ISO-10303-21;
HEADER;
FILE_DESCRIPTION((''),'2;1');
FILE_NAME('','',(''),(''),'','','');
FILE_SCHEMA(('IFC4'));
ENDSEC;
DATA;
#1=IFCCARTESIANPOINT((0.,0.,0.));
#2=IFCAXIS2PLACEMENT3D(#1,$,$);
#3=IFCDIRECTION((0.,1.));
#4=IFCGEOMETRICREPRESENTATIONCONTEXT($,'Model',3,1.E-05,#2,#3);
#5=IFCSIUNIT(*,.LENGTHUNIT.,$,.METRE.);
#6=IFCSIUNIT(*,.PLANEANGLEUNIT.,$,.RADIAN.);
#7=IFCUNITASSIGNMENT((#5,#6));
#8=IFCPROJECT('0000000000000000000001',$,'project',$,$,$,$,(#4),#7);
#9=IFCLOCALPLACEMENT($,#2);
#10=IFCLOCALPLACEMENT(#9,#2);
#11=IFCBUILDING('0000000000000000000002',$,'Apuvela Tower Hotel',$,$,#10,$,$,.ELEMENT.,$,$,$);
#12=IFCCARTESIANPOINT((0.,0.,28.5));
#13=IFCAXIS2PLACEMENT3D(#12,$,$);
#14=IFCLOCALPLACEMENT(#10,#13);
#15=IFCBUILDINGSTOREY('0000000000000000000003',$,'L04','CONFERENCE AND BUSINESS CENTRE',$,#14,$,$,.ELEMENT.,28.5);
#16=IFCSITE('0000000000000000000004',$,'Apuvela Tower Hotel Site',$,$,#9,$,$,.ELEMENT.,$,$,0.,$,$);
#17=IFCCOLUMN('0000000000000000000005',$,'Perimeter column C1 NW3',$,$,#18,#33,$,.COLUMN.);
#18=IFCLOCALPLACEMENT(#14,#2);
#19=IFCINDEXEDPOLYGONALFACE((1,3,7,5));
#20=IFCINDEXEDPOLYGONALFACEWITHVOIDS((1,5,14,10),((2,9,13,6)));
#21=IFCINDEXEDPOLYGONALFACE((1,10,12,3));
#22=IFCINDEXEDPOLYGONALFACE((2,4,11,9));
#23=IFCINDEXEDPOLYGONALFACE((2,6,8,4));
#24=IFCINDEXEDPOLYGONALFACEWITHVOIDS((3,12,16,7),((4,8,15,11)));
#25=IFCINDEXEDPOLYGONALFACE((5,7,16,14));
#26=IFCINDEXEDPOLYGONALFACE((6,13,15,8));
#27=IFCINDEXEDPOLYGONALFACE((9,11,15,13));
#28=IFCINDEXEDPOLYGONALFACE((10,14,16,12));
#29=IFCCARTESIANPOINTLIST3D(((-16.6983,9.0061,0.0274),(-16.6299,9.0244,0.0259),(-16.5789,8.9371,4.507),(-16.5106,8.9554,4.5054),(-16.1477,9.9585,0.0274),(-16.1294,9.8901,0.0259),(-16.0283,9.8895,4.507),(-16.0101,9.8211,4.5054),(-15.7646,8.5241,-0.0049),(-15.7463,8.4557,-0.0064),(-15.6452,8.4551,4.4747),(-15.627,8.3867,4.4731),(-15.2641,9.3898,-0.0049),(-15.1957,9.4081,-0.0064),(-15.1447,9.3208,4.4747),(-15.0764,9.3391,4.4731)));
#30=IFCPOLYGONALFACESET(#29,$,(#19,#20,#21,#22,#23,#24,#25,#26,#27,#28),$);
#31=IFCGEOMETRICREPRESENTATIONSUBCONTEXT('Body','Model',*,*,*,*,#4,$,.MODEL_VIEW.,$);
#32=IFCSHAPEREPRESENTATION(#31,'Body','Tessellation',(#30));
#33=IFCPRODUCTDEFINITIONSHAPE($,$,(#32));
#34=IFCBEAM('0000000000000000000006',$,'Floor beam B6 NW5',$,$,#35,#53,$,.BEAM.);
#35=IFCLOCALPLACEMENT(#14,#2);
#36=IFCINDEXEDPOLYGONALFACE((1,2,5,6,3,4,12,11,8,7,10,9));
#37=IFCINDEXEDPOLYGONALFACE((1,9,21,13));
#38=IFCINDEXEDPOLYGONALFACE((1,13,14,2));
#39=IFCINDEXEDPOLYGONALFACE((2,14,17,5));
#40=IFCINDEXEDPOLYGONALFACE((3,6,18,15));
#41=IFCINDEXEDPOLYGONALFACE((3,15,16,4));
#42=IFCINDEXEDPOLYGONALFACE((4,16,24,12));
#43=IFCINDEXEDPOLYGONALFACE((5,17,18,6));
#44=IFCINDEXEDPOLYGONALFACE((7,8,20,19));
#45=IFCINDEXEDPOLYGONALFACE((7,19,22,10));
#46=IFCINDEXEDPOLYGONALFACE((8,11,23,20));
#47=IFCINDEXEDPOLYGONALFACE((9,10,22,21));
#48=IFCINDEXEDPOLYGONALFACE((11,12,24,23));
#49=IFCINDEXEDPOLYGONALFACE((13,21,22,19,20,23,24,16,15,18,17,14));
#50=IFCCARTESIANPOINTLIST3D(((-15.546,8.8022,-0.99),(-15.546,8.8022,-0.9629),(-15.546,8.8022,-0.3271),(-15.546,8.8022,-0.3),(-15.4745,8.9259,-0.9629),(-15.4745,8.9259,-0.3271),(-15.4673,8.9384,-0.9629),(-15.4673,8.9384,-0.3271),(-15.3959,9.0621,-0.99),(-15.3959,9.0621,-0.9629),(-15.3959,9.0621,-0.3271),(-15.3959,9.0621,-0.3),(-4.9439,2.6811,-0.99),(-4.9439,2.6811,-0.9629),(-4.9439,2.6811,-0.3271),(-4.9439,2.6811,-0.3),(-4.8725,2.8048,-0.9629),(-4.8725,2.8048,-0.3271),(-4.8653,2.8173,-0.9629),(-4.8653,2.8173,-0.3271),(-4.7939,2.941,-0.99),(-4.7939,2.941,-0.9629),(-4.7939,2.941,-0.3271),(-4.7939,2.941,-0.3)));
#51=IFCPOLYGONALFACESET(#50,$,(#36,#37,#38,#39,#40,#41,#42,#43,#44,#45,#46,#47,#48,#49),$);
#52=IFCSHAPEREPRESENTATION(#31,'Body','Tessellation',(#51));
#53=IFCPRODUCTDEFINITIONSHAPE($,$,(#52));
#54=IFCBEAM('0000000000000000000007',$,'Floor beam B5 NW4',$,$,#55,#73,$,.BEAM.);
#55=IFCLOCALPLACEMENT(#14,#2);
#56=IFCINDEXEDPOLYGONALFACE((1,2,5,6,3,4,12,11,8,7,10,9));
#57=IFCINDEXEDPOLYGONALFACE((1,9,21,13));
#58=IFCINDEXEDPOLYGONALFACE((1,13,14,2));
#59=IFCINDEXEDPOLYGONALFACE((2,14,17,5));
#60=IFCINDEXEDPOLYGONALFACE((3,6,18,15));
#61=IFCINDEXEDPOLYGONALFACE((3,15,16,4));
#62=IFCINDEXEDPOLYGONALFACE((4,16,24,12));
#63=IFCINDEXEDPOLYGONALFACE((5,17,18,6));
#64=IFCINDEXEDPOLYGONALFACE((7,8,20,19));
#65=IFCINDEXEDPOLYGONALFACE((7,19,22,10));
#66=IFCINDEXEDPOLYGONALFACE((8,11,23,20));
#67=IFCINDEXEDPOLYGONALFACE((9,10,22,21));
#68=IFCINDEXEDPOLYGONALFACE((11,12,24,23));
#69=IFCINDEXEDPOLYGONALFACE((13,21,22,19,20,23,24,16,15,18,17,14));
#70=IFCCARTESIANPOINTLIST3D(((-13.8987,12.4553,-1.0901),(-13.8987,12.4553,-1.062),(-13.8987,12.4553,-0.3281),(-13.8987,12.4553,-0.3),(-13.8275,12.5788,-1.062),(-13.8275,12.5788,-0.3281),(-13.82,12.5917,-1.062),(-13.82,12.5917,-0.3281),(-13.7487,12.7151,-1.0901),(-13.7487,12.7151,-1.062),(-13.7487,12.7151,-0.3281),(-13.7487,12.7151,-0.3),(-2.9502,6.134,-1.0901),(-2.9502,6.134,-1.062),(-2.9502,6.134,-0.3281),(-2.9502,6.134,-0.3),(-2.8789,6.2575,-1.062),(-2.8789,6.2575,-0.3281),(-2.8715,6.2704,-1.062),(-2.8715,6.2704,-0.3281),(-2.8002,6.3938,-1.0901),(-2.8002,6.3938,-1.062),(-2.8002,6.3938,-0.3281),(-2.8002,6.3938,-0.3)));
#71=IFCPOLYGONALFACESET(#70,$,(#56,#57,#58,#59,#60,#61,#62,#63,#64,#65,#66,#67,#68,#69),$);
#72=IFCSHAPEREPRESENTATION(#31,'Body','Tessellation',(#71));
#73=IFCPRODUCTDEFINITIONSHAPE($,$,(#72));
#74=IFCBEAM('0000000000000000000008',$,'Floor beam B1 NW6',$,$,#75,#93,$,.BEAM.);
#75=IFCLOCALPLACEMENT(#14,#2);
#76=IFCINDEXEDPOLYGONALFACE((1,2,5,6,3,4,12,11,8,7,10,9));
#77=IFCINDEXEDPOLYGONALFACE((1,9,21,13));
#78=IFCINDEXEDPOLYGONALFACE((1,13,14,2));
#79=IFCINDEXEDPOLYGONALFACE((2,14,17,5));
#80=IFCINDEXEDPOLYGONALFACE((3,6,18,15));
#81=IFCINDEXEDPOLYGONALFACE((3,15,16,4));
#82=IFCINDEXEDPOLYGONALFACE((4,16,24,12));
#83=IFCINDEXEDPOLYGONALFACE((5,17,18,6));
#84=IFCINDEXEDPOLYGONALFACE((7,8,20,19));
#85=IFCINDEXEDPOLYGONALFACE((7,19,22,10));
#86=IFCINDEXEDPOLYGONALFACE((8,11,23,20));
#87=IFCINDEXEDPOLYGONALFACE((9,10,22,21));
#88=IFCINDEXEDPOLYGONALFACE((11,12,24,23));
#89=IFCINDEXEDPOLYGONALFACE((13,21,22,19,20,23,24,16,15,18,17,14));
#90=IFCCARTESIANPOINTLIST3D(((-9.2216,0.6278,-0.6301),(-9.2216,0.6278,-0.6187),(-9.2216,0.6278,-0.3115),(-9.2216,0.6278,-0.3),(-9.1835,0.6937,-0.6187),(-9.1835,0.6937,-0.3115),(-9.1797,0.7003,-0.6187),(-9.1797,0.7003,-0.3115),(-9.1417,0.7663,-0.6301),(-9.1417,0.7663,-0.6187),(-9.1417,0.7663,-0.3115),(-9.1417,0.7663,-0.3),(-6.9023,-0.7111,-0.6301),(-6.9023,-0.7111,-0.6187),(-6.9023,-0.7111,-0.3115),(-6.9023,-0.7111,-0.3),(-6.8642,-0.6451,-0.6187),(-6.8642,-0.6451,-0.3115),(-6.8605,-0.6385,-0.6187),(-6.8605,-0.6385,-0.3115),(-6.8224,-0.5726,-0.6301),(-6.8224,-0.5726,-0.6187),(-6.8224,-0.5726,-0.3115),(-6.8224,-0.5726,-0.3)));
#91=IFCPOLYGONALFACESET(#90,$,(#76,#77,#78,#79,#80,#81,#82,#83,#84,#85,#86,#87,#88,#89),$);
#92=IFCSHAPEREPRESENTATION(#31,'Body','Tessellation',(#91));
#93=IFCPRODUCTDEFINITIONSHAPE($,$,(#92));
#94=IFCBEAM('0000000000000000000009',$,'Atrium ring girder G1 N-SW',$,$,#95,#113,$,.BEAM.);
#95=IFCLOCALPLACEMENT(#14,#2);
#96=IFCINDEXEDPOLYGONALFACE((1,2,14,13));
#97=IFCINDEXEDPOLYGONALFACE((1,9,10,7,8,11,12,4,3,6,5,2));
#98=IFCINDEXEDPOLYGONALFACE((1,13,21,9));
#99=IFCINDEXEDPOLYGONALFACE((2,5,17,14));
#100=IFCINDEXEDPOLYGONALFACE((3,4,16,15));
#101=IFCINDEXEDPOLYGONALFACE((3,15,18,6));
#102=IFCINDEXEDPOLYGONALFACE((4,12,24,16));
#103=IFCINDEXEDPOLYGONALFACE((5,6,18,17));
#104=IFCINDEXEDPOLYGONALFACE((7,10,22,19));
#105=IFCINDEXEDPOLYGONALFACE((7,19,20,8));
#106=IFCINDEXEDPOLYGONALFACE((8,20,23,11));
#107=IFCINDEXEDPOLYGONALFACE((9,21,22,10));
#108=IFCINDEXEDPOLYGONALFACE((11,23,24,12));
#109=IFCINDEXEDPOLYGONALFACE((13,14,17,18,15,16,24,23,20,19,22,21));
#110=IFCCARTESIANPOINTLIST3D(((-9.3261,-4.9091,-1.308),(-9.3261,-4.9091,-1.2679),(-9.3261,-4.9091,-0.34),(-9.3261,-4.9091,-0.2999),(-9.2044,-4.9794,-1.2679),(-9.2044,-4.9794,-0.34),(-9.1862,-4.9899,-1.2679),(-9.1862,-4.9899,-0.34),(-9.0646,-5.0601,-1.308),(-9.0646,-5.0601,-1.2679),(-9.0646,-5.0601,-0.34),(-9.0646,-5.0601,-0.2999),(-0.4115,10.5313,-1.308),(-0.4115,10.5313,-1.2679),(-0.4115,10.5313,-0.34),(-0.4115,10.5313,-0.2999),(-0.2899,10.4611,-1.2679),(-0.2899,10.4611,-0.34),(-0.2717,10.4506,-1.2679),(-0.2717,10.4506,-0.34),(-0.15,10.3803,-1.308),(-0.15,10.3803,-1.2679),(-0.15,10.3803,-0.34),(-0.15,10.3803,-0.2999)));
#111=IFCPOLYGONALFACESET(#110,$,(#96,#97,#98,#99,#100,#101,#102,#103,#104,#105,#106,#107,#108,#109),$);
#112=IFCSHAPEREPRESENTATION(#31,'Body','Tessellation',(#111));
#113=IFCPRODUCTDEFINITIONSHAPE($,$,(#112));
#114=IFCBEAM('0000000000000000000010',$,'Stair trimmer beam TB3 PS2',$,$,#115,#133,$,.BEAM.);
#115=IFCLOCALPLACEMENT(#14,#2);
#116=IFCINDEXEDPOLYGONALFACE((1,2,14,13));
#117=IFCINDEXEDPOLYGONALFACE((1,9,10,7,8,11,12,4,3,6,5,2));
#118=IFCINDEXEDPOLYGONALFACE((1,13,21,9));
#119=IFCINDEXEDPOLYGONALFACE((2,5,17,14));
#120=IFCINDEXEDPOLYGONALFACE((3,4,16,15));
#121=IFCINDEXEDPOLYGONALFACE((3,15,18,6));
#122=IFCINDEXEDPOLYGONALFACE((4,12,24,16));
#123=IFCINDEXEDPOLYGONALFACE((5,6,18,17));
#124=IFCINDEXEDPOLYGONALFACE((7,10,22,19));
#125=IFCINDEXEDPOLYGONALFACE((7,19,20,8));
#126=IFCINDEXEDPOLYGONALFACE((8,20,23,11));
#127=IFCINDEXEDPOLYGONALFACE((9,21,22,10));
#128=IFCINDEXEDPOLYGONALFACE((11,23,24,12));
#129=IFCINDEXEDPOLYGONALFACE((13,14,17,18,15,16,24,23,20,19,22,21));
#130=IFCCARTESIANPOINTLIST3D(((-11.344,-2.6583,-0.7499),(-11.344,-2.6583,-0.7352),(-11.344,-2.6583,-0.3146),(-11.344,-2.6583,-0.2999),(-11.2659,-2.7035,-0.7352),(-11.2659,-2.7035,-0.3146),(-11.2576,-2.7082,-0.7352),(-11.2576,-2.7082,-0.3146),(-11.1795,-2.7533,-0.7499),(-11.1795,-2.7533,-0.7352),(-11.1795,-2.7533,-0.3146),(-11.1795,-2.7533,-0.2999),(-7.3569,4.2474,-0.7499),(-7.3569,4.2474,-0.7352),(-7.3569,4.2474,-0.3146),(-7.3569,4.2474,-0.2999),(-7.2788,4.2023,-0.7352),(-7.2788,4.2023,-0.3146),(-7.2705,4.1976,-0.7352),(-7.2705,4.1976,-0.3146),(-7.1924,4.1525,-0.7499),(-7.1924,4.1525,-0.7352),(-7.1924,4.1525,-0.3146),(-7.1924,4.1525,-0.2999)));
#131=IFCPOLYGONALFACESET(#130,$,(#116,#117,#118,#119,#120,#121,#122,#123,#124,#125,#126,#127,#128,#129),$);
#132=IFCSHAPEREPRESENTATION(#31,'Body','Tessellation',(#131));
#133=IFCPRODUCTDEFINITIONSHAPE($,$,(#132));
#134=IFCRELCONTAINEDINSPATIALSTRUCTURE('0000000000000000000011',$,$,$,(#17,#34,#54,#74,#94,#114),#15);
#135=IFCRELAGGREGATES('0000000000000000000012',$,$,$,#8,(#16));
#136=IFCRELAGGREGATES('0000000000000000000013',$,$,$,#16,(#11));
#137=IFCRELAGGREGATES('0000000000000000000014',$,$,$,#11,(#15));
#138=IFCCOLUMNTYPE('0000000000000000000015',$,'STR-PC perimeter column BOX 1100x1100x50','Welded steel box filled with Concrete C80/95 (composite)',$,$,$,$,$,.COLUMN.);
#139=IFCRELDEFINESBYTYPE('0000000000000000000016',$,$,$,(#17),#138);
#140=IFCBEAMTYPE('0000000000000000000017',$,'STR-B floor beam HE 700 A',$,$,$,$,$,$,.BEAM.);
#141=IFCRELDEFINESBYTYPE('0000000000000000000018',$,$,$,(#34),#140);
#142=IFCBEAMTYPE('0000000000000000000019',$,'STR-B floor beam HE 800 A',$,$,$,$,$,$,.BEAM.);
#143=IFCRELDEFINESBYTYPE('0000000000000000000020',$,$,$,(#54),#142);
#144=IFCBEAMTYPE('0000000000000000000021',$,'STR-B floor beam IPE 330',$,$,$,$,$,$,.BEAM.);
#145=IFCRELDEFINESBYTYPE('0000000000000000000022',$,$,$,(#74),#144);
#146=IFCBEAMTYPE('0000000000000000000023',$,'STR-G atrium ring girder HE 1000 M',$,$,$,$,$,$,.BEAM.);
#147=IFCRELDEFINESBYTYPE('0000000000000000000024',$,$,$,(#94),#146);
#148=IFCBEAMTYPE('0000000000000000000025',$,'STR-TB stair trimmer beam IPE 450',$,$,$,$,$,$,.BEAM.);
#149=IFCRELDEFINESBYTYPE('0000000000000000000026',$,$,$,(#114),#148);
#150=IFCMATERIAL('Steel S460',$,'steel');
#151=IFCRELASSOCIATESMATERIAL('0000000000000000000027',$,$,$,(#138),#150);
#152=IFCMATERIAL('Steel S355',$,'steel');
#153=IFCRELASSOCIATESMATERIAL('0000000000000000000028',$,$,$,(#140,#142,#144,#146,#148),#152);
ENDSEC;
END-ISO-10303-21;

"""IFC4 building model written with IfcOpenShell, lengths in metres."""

from ifc_helpers import new_model, si_unit, direction, frame, origin, origin_2d, place, context, subcontext, project, spatial, rectangle, hollow_rectangle, i_section, extrude, boolean, halfspace, material, material_profile, profile_set, type_object, element, save


model = new_model("IFC4")

# Units and contexts
model_context = context("Model", 3, precision=1e-05, world=origin(), true_north=direction((0.0, 1.0)))
body_context = subcontext(model_context, "Body", "Model", "MODEL_VIEW")
ifc_project = project(units=[si_unit("LENGTHUNIT", "METRE"), si_unit("PLANEANGLEUNIT", "RADIAN")], contexts=[model_context])

# Site, building, storey
site_placement = place(None, origin())
site = spatial("IfcSite", under=ifc_project, at=site_placement, Name="Apuvela Tower Hotel Site", CompositionType="ELEMENT", RefElevation=0.0)
building_placement = place(site_placement, origin())
building = spatial("IfcBuilding", under=site, at=building_placement, Name="Apuvela Tower Hotel", CompositionType="ELEMENT")
storey_placement = place(building_placement, frame((0.0, 0.0, 28.5)))
storey = spatial("IfcBuildingStorey", under=building, at=storey_placement, Name="L04", Description="CONFERENCE AND BUSINESS CENTRE", CompositionType="ELEMENT", Elevation=28.5)

# Column
ifc_material_1 = material(Name="Steel S460", Category="steel")
ifc_material_profile_1 = material_profile(ifc_material_1, hollow_rectangle(XDim=1.1001, YDim=1.1001, WallThickness=0.05, at=origin_2d()), Name="BOX 1100x1100x50")
ifc_material_2 = material(Name="Concrete C80/95", Category="concrete")
ifc_material_profile_2 = material_profile(ifc_material_2, rectangle(XDim=1.0, YDim=1.0, at=origin_2d()), Name="Concrete C80/95 infill")
ifc_profile_set_1 = profile_set([ifc_material_profile_1, ifc_material_profile_2], Name="Steel S460")
column_type = type_object("IfcColumnType", Name="STR-PC perimeter column BOX 1100x1100x50", Description="Welded steel box filled with Concrete C80/95 (composite)", PredefinedType="COLUMN", material=ifc_profile_set_1)
column_placement = place(storey_placement, frame((-15.9473, 9.2073, 0.0), z_axis=(0.026626, -0.015401, 0.999527), x_axis=(0.500508, 0.865732, 0.000006)))
element("IfcColumn", 1, at=column_placement, inside=storey, type_object=column_type, Name="Perimeter column C1 NW3", PredefinedType="COLUMN", context=body_context, shape_type="SweptSolid", body=[
    boolean("DIFFERENCE", boolean("DIFFERENCE", extrude(hollow_rectangle(XDim=1.1001, YDim=1.1001, WallThickness=0.05, at=origin_2d()), origin(), (0.0, 0.0, 1.0), 4.5022), halfspace(frame((0.0, 0.0, 0.0105), z_axis=(0.0, 0.0, 1.0), x_axis=(1.0, 0.0, 0.0)), True)), halfspace(frame((0.0, 0.0, 4.4922), z_axis=(0.0, 0.0, 1.0), x_axis=(1.0, 0.0, 0.0)), False)),
])

# Beams
ifc_material_3 = material(Name="Steel S355", Category="steel")
ifc_material_profile_3 = material_profile(ifc_material_3, i_section(OverallWidth=0.3, OverallDepth=0.6899, WebThickness=0.0144, FlangeThickness=0.0271, at=origin_2d()), Name="HE 700 A")
ifc_profile_set_2 = profile_set([ifc_material_profile_3], Name="Steel S355")
beam_type_1 = type_object("IfcBeamType", Name="STR-B floor beam HE 700 A", PredefinedType="BEAM", material=ifc_profile_set_2)
beam_1_placement = place(storey_placement, frame((-15.4709, 8.9321, -0.645), z_axis=(0.866026, -0.5, 0.0), x_axis=(0.5, 0.866026, 0.0)))
element("IfcBeam", 2, at=beam_1_placement, inside=storey, type_object=beam_type_1, Name="Floor beam B6 NW5", PredefinedType="BEAM", context=body_context, shape_type="SweptSolid", body=[
    extrude(i_section(OverallWidth=0.3, OverallDepth=0.6899, WebThickness=0.0144, FlangeThickness=0.0271, at=origin_2d()), origin(), (0.0, 0.0, 1.0), 12.2422),
])
ifc_material_profile_4 = material_profile(ifc_material_3, i_section(OverallWidth=0.3, OverallDepth=0.79, WebThickness=0.0149, FlangeThickness=0.0281, at=origin_2d()), Name="HE 800 A")
ifc_profile_set_3 = profile_set([ifc_material_profile_4], Name="Steel S355")
beam_type_2 = type_object("IfcBeamType", Name="STR-B floor beam HE 800 A", PredefinedType="BEAM", material=ifc_profile_set_3)
beam_2_placement = place(storey_placement, frame((-13.8237, 12.5852, -0.6951), z_axis=(0.866019, -0.500011, 0.0), x_axis=(0.500011, 0.866019, 0.0)))
element("IfcBeam", 3, at=beam_2_placement, inside=storey, type_object=beam_type_2, Name="Floor beam B5 NW4", PredefinedType="BEAM", context=body_context, shape_type="SweptSolid", body=[
    extrude(i_section(OverallWidth=0.3, OverallDepth=0.79, WebThickness=0.0149, FlangeThickness=0.0281, at=origin_2d()), origin(), (0.0, 0.0, 1.0), 12.6423),
])
ifc_material_profile_5 = material_profile(ifc_material_3, i_section(OverallWidth=0.1599, OverallDepth=0.3301, WebThickness=0.0076, FlangeThickness=0.0115, at=origin_2d()), Name="IPE 330")
ifc_profile_set_4 = profile_set([ifc_material_profile_5], Name="Steel S355")
beam_type_3 = type_object("IfcBeamType", Name="STR-B floor beam IPE 330", PredefinedType="BEAM", material=ifc_profile_set_4)
beam_3_placement = place(storey_placement, frame((-9.1816, 0.697, -0.4651), z_axis=(0.866058, -0.499943, 0.0), x_axis=(0.499943, 0.866058, 0.0)))
element("IfcBeam", 4, at=beam_3_placement, inside=storey, type_object=beam_type_3, Name="Floor beam B1 NW6", PredefinedType="BEAM", context=body_context, shape_type="SweptSolid", body=[
    extrude(i_section(OverallWidth=0.1599, OverallDepth=0.3301, WebThickness=0.0076, FlangeThickness=0.0115, at=origin_2d()), origin(), (0.0, 0.0, 1.0), 2.678),
])
ifc_material_profile_6 = material_profile(ifc_material_3, i_section(OverallWidth=0.302, OverallDepth=1.0081, WebThickness=0.021, FlangeThickness=0.04, at=origin_2d()), Name="HE 1000 M")
ifc_profile_set_5 = profile_set([ifc_material_profile_6], Name="Steel S355")
beam_type_4 = type_object("IfcBeamType", Name="STR-G atrium ring girder HE 1000 M", PredefinedType="BEAM", material=ifc_profile_set_5)
beam_4_placement = place(storey_placement, frame((-0.2808, 10.4558, -0.804), z_axis=(-0.500001, -0.866025, 0.0), x_axis=(0.866025, -0.500001, 0.0)))
element("IfcBeam", 5, at=beam_4_placement, inside=storey, type_object=beam_type_4, Name="Atrium ring girder G1 N-SW", PredefinedType="BEAM", context=body_context, shape_type="SweptSolid", body=[
    extrude(i_section(OverallWidth=0.302, OverallDepth=1.0081, WebThickness=0.021, FlangeThickness=0.04, at=origin_2d()), origin(), (0.0, 0.0, 1.0), 17.8291),
])
ifc_material_profile_7 = material_profile(ifc_material_3, i_section(OverallWidth=0.1899, OverallDepth=0.45, WebThickness=0.0095, FlangeThickness=0.0146, at=origin_2d()), Name="IPE 450")
ifc_profile_set_6 = profile_set([ifc_material_profile_7], Name="Steel S355")
beam_type_5 = type_object("IfcBeamType", Name="STR-TB stair trimmer beam IPE 450", PredefinedType="BEAM", material=ifc_profile_set_6)
beam_5_placement = place(storey_placement, frame((-7.2747, 4.2, -0.5249), z_axis=(-0.500002, -0.866024, 0.0), x_axis=(0.866024, -0.500002, 0.0)))
element("IfcBeam", 6, at=beam_5_placement, inside=storey, type_object=beam_type_5, Name="Stair trimmer beam TB3 PS2", PredefinedType="BEAM", context=body_context, shape_type="SweptSolid", body=[
    extrude(i_section(OverallWidth=0.1899, OverallDepth=0.45, WebThickness=0.0095, FlangeThickness=0.0146, at=origin_2d()), origin(), (0.0, 0.0, 1.0), 7.9741),
])

save(model, "model.ifc")
